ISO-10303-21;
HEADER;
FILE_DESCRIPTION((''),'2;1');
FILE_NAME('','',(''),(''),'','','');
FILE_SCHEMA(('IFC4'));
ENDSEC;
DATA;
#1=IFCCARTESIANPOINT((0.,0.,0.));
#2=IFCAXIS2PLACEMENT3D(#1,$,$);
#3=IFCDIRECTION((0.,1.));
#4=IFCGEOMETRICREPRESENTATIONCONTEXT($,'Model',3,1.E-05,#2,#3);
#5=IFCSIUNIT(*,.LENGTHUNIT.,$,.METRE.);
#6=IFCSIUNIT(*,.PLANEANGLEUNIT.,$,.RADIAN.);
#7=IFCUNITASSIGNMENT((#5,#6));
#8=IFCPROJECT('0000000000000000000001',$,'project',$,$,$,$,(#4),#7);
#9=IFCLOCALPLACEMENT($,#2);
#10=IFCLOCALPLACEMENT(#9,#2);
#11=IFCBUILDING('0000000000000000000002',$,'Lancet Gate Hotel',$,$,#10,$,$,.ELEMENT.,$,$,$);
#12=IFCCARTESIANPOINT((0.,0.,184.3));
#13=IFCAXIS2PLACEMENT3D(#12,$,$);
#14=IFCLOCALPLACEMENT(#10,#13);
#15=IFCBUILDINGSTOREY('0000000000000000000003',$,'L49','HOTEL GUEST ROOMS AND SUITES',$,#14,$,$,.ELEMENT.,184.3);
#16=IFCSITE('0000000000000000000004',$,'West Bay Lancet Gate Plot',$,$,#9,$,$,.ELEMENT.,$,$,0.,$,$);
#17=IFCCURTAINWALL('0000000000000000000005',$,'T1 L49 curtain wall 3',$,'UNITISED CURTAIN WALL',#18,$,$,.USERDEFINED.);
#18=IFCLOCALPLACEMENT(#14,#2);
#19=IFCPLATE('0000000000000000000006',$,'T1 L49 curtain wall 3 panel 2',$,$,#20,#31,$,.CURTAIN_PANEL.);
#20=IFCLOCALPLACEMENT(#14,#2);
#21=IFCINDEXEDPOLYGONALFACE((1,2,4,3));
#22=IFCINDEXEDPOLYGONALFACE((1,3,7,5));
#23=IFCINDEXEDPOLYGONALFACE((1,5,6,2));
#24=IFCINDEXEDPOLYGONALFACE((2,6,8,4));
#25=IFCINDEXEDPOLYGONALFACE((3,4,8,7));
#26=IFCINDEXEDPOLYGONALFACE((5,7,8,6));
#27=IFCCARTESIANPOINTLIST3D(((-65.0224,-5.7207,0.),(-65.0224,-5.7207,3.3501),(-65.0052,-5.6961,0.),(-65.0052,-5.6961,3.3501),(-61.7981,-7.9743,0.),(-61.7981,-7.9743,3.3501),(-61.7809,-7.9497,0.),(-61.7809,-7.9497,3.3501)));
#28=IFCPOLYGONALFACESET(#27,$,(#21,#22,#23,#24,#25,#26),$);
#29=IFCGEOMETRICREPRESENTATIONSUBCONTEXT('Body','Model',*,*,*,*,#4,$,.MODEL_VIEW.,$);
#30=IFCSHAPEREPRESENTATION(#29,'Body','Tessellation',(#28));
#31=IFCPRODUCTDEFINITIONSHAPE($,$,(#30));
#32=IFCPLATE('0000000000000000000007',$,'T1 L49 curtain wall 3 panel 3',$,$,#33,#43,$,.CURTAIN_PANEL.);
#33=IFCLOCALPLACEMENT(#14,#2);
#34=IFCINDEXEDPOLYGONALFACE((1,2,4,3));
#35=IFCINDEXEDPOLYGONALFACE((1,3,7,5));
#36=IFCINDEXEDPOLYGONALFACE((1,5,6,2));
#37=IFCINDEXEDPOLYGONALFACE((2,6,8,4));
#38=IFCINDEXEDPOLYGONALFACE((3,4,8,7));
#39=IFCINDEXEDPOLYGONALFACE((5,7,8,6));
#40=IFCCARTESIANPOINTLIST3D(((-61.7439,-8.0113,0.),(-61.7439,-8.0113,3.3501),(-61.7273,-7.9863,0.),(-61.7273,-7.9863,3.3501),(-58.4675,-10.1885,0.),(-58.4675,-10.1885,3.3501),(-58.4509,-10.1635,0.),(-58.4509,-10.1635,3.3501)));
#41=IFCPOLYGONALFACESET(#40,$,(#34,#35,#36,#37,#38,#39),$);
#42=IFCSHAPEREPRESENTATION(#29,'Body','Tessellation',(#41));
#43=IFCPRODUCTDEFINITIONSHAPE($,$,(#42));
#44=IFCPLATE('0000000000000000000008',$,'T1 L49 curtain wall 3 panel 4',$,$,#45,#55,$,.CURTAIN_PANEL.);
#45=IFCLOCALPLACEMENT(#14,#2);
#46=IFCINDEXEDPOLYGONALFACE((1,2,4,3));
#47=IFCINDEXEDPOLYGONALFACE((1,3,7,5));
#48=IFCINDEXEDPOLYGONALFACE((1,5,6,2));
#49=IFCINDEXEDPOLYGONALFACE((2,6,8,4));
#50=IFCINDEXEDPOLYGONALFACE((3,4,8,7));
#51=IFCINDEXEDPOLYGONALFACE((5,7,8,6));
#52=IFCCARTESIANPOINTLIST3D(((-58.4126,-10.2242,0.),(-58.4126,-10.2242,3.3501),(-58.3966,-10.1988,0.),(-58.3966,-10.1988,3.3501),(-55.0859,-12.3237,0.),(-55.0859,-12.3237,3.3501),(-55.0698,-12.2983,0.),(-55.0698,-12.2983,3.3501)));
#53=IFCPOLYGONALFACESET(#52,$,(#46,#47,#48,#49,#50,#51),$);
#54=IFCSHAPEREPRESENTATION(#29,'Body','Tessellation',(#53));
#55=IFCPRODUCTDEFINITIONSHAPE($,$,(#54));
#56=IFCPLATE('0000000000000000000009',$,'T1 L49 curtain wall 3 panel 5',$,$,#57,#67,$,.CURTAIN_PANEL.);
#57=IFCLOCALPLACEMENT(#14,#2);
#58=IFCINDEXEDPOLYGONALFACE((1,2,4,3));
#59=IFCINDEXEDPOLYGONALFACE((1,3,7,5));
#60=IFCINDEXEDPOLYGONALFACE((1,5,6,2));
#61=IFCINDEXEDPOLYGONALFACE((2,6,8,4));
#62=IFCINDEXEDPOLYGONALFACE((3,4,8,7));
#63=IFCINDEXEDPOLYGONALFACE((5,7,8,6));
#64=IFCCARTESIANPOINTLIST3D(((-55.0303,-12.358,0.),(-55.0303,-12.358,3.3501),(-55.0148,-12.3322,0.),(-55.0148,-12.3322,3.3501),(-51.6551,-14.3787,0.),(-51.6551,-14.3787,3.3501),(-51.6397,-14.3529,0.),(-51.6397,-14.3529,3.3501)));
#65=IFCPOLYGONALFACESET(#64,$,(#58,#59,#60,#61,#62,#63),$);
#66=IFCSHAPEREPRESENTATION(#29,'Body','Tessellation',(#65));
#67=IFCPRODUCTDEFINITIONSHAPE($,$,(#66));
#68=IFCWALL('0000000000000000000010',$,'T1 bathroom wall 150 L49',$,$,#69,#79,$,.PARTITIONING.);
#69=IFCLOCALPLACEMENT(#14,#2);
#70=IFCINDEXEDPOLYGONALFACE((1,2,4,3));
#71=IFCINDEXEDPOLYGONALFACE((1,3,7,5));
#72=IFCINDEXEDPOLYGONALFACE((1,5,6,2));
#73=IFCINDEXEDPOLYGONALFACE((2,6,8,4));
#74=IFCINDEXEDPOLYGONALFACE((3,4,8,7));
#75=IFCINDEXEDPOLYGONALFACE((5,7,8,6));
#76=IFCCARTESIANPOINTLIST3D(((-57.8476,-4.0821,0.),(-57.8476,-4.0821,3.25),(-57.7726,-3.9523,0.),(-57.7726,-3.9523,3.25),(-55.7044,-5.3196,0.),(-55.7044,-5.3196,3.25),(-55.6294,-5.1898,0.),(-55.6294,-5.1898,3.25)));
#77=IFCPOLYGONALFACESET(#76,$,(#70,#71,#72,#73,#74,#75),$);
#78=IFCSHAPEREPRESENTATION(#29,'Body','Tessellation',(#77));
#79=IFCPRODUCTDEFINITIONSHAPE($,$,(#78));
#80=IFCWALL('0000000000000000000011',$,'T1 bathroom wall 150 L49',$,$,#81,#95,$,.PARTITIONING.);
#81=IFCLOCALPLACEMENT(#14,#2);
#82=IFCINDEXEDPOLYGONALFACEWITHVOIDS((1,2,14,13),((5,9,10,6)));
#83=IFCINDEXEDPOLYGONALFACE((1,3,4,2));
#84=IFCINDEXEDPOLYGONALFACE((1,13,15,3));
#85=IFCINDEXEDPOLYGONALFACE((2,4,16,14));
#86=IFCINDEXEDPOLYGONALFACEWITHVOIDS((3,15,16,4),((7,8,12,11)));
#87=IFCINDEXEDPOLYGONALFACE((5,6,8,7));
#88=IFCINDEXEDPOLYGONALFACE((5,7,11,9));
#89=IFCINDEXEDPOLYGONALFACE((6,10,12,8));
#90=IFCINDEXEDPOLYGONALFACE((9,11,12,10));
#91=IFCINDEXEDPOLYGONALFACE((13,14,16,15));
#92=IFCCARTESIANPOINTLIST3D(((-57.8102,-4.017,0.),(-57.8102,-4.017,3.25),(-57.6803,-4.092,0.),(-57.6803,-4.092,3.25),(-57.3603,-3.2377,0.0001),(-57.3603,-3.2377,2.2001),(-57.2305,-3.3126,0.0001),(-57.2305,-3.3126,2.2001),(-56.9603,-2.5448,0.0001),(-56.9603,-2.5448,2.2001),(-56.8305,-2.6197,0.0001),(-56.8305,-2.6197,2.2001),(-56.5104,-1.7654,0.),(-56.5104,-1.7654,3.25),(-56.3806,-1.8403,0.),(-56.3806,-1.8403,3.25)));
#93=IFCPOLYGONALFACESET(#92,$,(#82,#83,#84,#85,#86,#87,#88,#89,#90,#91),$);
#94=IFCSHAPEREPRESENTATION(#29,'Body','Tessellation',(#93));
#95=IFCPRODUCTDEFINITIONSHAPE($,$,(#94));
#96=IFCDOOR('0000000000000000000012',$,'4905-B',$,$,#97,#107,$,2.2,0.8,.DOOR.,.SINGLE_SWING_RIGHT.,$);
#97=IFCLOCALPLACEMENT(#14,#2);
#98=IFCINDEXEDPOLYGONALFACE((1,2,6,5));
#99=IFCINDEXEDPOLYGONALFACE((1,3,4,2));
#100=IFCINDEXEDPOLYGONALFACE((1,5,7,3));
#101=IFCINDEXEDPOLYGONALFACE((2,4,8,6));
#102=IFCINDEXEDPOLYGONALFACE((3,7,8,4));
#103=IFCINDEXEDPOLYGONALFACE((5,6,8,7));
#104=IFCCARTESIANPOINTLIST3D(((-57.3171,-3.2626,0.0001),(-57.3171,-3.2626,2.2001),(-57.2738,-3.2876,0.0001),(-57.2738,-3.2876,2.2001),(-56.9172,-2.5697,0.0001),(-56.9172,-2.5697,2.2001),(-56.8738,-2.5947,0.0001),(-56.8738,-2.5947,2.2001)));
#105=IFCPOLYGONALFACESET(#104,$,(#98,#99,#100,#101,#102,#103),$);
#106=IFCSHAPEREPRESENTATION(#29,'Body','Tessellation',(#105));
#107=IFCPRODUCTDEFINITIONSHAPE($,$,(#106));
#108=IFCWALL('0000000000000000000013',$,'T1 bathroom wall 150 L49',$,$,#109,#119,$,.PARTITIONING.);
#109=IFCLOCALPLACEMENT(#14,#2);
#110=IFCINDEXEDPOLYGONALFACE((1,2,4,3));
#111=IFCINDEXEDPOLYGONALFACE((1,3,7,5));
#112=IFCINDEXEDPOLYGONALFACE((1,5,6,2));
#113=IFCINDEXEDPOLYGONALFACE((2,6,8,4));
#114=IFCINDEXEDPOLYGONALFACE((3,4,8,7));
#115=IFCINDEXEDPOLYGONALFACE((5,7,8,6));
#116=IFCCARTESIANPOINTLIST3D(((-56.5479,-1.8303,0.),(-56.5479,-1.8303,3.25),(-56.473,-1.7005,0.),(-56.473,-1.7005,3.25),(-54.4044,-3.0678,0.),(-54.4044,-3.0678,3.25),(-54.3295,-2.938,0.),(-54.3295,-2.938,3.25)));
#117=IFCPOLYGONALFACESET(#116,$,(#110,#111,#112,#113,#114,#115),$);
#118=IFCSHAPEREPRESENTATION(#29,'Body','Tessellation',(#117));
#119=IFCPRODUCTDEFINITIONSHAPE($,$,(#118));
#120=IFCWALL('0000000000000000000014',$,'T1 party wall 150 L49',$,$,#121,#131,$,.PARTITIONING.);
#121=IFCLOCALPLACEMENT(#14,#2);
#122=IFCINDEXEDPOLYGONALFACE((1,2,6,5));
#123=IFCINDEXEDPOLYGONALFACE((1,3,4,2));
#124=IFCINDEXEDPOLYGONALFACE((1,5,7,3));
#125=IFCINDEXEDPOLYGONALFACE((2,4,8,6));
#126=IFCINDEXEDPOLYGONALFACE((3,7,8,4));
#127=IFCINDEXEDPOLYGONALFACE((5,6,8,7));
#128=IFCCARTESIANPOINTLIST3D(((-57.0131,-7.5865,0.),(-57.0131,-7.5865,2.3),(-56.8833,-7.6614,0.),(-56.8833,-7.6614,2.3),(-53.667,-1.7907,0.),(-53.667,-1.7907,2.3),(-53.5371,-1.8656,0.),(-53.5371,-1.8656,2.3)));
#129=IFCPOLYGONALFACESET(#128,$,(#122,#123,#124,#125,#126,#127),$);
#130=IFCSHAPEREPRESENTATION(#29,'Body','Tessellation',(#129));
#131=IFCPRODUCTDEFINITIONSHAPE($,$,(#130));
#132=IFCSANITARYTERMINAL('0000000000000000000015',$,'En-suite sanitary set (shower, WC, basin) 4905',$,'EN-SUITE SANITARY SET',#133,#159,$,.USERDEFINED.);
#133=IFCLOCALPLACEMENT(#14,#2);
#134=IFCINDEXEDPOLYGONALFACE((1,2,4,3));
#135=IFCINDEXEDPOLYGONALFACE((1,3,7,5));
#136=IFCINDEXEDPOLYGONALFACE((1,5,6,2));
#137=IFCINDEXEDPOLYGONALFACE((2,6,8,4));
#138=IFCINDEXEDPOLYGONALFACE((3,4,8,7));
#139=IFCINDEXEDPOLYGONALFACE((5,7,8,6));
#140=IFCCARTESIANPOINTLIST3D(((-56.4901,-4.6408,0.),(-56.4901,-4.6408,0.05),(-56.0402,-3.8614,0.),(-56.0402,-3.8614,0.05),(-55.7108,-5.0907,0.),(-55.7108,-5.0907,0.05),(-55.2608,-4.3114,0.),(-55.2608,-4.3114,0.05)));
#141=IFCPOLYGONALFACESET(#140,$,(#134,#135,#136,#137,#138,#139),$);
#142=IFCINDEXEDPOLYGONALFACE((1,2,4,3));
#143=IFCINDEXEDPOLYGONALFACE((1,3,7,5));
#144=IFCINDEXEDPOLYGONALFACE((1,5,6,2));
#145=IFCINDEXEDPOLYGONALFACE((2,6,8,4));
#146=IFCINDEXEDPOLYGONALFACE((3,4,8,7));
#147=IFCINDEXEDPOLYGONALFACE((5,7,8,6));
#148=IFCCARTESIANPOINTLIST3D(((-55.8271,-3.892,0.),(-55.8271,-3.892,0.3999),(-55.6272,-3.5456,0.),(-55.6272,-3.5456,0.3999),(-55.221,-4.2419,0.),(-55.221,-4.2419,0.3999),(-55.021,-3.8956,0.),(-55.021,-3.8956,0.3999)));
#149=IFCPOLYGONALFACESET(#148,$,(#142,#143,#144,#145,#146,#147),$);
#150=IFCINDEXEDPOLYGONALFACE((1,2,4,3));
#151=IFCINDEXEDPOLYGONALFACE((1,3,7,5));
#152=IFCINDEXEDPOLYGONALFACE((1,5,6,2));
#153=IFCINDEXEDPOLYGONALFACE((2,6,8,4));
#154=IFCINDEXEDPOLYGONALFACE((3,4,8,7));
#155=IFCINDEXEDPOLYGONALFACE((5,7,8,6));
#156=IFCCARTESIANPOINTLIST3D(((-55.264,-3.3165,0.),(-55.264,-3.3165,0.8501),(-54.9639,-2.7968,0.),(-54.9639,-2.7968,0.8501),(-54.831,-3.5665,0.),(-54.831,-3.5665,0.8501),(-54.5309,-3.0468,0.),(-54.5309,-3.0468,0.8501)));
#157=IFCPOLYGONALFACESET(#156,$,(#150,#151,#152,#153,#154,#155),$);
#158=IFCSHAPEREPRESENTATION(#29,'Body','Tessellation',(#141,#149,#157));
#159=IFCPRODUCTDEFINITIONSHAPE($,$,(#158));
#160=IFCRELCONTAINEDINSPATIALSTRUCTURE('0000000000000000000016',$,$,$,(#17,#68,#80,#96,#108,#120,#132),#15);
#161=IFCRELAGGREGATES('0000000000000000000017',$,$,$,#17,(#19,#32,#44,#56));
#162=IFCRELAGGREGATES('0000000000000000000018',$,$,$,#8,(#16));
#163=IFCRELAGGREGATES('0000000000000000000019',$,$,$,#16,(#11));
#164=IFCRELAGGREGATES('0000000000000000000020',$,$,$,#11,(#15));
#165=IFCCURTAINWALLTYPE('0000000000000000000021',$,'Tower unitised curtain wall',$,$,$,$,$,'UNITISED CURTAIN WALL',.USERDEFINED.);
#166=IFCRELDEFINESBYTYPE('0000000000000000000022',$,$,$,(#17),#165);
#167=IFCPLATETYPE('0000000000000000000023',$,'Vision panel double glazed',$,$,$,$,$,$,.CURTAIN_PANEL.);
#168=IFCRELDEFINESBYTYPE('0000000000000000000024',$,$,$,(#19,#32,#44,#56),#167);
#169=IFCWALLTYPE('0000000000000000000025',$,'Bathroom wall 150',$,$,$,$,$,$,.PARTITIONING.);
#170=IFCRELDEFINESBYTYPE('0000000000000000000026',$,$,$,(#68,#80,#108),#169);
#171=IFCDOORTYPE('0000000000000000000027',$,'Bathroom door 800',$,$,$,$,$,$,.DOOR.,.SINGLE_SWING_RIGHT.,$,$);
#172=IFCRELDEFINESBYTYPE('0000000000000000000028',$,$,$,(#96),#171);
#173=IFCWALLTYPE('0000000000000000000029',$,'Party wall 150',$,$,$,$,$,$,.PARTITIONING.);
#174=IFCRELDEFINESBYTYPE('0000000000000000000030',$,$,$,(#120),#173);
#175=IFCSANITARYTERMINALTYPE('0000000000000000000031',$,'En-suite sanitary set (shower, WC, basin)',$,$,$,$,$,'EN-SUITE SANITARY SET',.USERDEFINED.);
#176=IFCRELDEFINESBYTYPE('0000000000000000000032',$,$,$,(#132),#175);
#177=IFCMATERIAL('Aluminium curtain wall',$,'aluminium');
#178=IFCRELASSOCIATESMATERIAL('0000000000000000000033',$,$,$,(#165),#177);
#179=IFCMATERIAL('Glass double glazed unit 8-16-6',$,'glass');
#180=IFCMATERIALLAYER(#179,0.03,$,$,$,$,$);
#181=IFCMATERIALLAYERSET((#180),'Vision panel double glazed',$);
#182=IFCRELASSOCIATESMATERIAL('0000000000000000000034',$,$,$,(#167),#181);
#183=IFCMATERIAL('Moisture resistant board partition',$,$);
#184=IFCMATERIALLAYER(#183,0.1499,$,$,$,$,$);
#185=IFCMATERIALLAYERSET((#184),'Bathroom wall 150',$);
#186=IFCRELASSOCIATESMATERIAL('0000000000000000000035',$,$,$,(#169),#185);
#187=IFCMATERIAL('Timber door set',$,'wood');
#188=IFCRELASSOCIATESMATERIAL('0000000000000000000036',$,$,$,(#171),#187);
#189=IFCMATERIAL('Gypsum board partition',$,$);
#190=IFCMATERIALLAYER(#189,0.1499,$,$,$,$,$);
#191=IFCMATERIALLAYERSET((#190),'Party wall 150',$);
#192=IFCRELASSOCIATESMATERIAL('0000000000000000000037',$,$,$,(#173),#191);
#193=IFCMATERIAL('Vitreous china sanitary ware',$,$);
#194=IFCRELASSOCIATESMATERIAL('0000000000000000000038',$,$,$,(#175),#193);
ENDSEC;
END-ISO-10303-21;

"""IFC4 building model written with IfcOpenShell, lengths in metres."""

from ifc_helpers import new_model, si_unit, direction, frame, frame_2d, origin, origin_2d, place, context, subcontext, project, spatial, rectangle, extrude, material, layer, layer_set, type_object, element, fill, aggregate, save


model = new_model("IFC4")

# Units and contexts
model_context = context("Model", 3, precision=1e-05, world=origin(), true_north=direction((0.0, 1.0)))
body_context = subcontext(model_context, "Body", "Model", "MODEL_VIEW")
ifc_project = project(units=[si_unit("LENGTHUNIT", "METRE"), si_unit("PLANEANGLEUNIT", "RADIAN")], contexts=[model_context])

# Site, building, storey
site_placement = place(None, origin())
site = spatial("IfcSite", under=ifc_project, at=site_placement, Name="West Bay Lancet Gate Plot", CompositionType="ELEMENT", RefElevation=0.0)
building_placement = place(site_placement, origin())
building = spatial("IfcBuilding", under=site, at=building_placement, Name="Lancet Gate Hotel", CompositionType="ELEMENT")
storey_placement = place(building_placement, frame((0.0, 0.0, 184.3)))
storey = spatial("IfcBuildingStorey", under=building, at=storey_placement, Name="L49", Description="HOTEL GUEST ROOMS AND SUITES", CompositionType="ELEMENT", Elevation=184.3)

# Curtain wall
ifc_material_1 = material(Name="Aluminium curtain wall", Category="aluminium")
curtain_wall_type = type_object("IfcCurtainWallType", Name="Tower unitised curtain wall", ElementType="UNITISED CURTAIN WALL", PredefinedType="USERDEFINED", material=ifc_material_1)
curtain_wall_placement = place(storey_placement, origin())
curtain_wall = element("IfcCurtainWall", 1, at=curtain_wall_placement, inside=storey, type_object=curtain_wall_type, Name="T1 L49 curtain wall 3", ObjectType="UNITISED CURTAIN WALL", PredefinedType="USERDEFINED")

# Plates
ifc_material_2 = material(Name="Glass double glazed unit 8-16-6", Category="glass")
ifc_layer_1 = layer(ifc_material_2, 0.03)
ifc_layer_set_1 = layer_set([ifc_layer_1], Name="Vision panel double glazed")
plate_type = type_object("IfcPlateType", Name="Vision panel double glazed", PredefinedType="CURTAIN_PANEL", material=ifc_layer_set_1)
plate_1_placement = place(storey_placement, frame((-63.4016, -6.8352, 0.0), z_axis=(0.0, 0.0, 1.0), x_axis=(0.819631, -0.572892, 0.0)))
plate_1 = element("IfcPlate", 2, at=plate_1_placement, type_object=plate_type, Name="T1 L49 curtain wall 3 panel 2", PredefinedType="CURTAIN_PANEL", context=body_context, shape_type="SweptSolid", body=[
    extrude(rectangle(XDim=3.9338, YDim=0.03, at=origin_2d()), origin(), (0.0, 0.0, 1.0), 3.3501),
])
plate_2_placement = place(storey_placement, frame((-60.0974, -9.0874, 0.0), z_axis=(0.0, 0.0, 1.0), x_axis=(0.832879, -0.553455, 0.0)))
plate_2 = element("IfcPlate", 3, at=plate_2_placement, type_object=plate_type, Name="T1 L49 curtain wall 3 panel 3", PredefinedType="CURTAIN_PANEL", context=body_context, shape_type="SweptSolid", body=[
    extrude(rectangle(XDim=3.9338, YDim=0.03, at=origin_2d()), origin(), (0.0, 0.0, 1.0), 3.3501),
])
plate_3_placement = place(storey_placement, frame((-56.7412, -11.2612, 0.0), z_axis=(0.0, 0.0, 1.0), x_axis=(0.845667, -0.533711, 0.0)))
plate_3 = element("IfcPlate", 4, at=plate_3_placement, type_object=plate_type, Name="T1 L49 curtain wall 3 panel 4", PredefinedType="CURTAIN_PANEL", context=body_context, shape_type="SweptSolid", body=[
    extrude(rectangle(XDim=3.9338, YDim=0.03, at=origin_2d()), origin(), (0.0, 0.0, 1.0), 3.3501),
])
plate_4_placement = place(storey_placement, frame((-53.335, -13.3555, 0.0), z_axis=(0.0, 0.0, 1.0), x_axis=(0.857987, -0.513672, 0.0)))
plate_4 = element("IfcPlate", 5, at=plate_4_placement, type_object=plate_type, Name="T1 L49 curtain wall 3 panel 5", PredefinedType="CURTAIN_PANEL", context=body_context, shape_type="SweptSolid", body=[
    extrude(rectangle(XDim=3.9338, YDim=0.03, at=origin_2d()), origin(), (0.0, 0.0, 1.0), 3.3501),
])
aggregate(curtain_wall, [plate_1, plate_2, plate_3, plate_4])

# Wall
ifc_material_3 = material(Name="Moisture resistant board partition")
ifc_layer_2 = layer(ifc_material_3, 0.1499)
ifc_layer_set_2 = layer_set([ifc_layer_2], Name="Bathroom wall 150")
wall_type_1 = type_object("IfcWallType", Name="Bathroom wall 150", PredefinedType="PARTITIONING", material=ifc_layer_set_2)
wall_1_placement = place(storey_placement, frame((-55.667, -5.2546, 0.0), z_axis=(0.0, 0.0, 1.0), x_axis=(-0.866007, 0.500033, 0.0)))
element("IfcWall", 6, at=wall_1_placement, inside=storey, type_object=wall_type_1, Name="T1 bathroom wall 150 L49", PredefinedType="PARTITIONING", context=body_context, shape_type="SweptSolid", body=[
    extrude(rectangle(XDim=2.4749, YDim=0.1499, at=frame_2d((1.2373, 0.0))), origin(), (0.0, 0.0, 1.0), 3.25),
])

# Wall, opening, door
wall_2_placement = place(storey_placement, frame((-56.4456, -1.803, 0.0), z_axis=(0.0, 0.0, 1.0), x_axis=(-0.499937, -0.866062, 0.0)))
wall_2 = element("IfcWall", 7, at=wall_2_placement, inside=storey, type_object=wall_type_1, Name="T1 bathroom wall 150 L49", PredefinedType="PARTITIONING", context=body_context, shape_type="SweptSolid", body=[
    extrude(rectangle(XDim=2.5999, YDim=0.1499, at=frame_2d((1.2998, 0.0))), origin(), (0.0, 0.0, 1.0), 3.25),
])
opening_placement = place(wall_2_placement, frame((0.8999, 0.0, 0.0)))
opening = element("IfcOpeningElement", 8, at=opening_placement, cuts=wall_2, PredefinedType="OPENING", context=body_context, shape_type="SweptSolid", body=[
    extrude(rectangle(XDim=0.8, YDim=2.2, at=frame_2d((0.3999, 1.1001))), frame((0.0, 0.085, 0.0), z_axis=(0.0, -1.0, 0.0), x_axis=(1.0, 0.0, 0.0)), (0.0, 0.0, 1.0), 0.1699),
])
ifc_material_4 = material(Name="Timber door set", Category="wood")
door_type = type_object("IfcDoorType", Name="Bathroom door 800", OperationType="SINGLE_SWING_RIGHT", PredefinedType="DOOR", material=ifc_material_4)
door_placement = place(opening_placement, origin())
door = element("IfcDoor", 9, at=door_placement, inside=storey, type_object=door_type, Name="4905-B", OperationType="SINGLE_SWING_RIGHT", OverallHeight=2.2, OverallWidth=0.8, PredefinedType="DOOR", context=body_context, shape_type="SweptSolid", body=[
    extrude(rectangle(XDim=0.8, YDim=2.2, at=frame_2d((0.3999, 1.1001))), frame((0.0, 0.0249, 0.0), z_axis=(0.0, -1.0, 0.0), x_axis=(1.0, 0.0, 0.0)), (0.0, 0.0, 1.0), 0.05),
])
fill(opening, door)

# Walls
wall_3_placement = place(storey_placement, frame((-54.3669, -3.0029, 0.0), z_axis=(0.0, 0.0, 1.0), x_axis=(-0.866031, 0.49999, 0.0)))
element("IfcWall", 10, at=wall_3_placement, inside=storey, type_object=wall_type_1, Name="T1 bathroom wall 150 L49", PredefinedType="PARTITIONING", context=body_context, shape_type="SweptSolid", body=[
    extrude(rectangle(XDim=2.4751, YDim=0.1499, at=frame_2d((1.2375, 0.0))), origin(), (0.0, 0.0, 1.0), 3.25),
])
ifc_material_5 = material(Name="Gypsum board partition")
ifc_layer_3 = layer(ifc_material_5, 0.1499)
ifc_layer_set_3 = layer_set([ifc_layer_3], Name="Party wall 150")
wall_type_2 = type_object("IfcWallType", Name="Party wall 150", PredefinedType="PARTITIONING", material=ifc_layer_set_3)
wall_4_placement = place(storey_placement, frame((-53.6021, -1.8281, 0.0), z_axis=(0.0, 0.0, 1.0), x_axis=(-0.499992, -0.86603, 0.0)))
element("IfcWall", 11, at=wall_4_placement, inside=storey, type_object=wall_type_2, Name="T1 party wall 150 L49", PredefinedType="PARTITIONING", context=body_context, shape_type="SweptSolid", body=[
    extrude(rectangle(XDim=6.6924, YDim=0.1499, at=frame_2d((3.3462, 0.0))), origin(), (0.0, 0.0, 1.0), 2.3),
])

# Sanitary terminal
ifc_material_6 = material(Name="Vitreous china sanitary ware")
sanitary_terminal_type = type_object("IfcSanitaryTerminalType", Name="En-suite sanitary set (shower, WC, basin)", ElementType="EN-SUITE SANITARY SET", PredefinedType="USERDEFINED", material=ifc_material_6)
sanitary_terminal_placement = place(storey_placement, frame((-55.8755, -4.4761, 0.0), z_axis=(0.0, 0.0, 1.0), x_axis=(1.0, 0.0, 0.0)))
element("IfcSanitaryTerminal", 12, at=sanitary_terminal_placement, inside=storey, type_object=sanitary_terminal_type, Name="En-suite sanitary set (shower, WC, basin) 4905", ObjectType="EN-SUITE SANITARY SET", PredefinedType="USERDEFINED", context=body_context, shape_type="SweptSolid", body=[
    extrude(rectangle(XDim=0.8999, YDim=0.8999, at=origin_2d()), frame((0.0, 0.0, 0.0), z_axis=(0.0, 0.0, 1.0), x_axis=(-0.5, -0.866025, 0.0)), (0.0, 0.0, 1.0), 0.05),
    extrude(rectangle(XDim=0.3999, YDim=0.7, at=origin_2d()), frame((0.4514, 0.5823, 0.0), z_axis=(0.0, 0.0, 1.0), x_axis=(-0.5, -0.866025, 0.0)), (0.0, 0.0, 1.0), 0.3999),
    extrude(rectangle(XDim=0.6001, YDim=0.5, at=origin_2d()), frame((0.978, 1.2944, 0.0), z_axis=(0.0, 0.0, 1.0), x_axis=(-0.5, -0.866025, 0.0)), (0.0, 0.0, 1.0), 0.8501),
])

save(model, "model.ifc")
